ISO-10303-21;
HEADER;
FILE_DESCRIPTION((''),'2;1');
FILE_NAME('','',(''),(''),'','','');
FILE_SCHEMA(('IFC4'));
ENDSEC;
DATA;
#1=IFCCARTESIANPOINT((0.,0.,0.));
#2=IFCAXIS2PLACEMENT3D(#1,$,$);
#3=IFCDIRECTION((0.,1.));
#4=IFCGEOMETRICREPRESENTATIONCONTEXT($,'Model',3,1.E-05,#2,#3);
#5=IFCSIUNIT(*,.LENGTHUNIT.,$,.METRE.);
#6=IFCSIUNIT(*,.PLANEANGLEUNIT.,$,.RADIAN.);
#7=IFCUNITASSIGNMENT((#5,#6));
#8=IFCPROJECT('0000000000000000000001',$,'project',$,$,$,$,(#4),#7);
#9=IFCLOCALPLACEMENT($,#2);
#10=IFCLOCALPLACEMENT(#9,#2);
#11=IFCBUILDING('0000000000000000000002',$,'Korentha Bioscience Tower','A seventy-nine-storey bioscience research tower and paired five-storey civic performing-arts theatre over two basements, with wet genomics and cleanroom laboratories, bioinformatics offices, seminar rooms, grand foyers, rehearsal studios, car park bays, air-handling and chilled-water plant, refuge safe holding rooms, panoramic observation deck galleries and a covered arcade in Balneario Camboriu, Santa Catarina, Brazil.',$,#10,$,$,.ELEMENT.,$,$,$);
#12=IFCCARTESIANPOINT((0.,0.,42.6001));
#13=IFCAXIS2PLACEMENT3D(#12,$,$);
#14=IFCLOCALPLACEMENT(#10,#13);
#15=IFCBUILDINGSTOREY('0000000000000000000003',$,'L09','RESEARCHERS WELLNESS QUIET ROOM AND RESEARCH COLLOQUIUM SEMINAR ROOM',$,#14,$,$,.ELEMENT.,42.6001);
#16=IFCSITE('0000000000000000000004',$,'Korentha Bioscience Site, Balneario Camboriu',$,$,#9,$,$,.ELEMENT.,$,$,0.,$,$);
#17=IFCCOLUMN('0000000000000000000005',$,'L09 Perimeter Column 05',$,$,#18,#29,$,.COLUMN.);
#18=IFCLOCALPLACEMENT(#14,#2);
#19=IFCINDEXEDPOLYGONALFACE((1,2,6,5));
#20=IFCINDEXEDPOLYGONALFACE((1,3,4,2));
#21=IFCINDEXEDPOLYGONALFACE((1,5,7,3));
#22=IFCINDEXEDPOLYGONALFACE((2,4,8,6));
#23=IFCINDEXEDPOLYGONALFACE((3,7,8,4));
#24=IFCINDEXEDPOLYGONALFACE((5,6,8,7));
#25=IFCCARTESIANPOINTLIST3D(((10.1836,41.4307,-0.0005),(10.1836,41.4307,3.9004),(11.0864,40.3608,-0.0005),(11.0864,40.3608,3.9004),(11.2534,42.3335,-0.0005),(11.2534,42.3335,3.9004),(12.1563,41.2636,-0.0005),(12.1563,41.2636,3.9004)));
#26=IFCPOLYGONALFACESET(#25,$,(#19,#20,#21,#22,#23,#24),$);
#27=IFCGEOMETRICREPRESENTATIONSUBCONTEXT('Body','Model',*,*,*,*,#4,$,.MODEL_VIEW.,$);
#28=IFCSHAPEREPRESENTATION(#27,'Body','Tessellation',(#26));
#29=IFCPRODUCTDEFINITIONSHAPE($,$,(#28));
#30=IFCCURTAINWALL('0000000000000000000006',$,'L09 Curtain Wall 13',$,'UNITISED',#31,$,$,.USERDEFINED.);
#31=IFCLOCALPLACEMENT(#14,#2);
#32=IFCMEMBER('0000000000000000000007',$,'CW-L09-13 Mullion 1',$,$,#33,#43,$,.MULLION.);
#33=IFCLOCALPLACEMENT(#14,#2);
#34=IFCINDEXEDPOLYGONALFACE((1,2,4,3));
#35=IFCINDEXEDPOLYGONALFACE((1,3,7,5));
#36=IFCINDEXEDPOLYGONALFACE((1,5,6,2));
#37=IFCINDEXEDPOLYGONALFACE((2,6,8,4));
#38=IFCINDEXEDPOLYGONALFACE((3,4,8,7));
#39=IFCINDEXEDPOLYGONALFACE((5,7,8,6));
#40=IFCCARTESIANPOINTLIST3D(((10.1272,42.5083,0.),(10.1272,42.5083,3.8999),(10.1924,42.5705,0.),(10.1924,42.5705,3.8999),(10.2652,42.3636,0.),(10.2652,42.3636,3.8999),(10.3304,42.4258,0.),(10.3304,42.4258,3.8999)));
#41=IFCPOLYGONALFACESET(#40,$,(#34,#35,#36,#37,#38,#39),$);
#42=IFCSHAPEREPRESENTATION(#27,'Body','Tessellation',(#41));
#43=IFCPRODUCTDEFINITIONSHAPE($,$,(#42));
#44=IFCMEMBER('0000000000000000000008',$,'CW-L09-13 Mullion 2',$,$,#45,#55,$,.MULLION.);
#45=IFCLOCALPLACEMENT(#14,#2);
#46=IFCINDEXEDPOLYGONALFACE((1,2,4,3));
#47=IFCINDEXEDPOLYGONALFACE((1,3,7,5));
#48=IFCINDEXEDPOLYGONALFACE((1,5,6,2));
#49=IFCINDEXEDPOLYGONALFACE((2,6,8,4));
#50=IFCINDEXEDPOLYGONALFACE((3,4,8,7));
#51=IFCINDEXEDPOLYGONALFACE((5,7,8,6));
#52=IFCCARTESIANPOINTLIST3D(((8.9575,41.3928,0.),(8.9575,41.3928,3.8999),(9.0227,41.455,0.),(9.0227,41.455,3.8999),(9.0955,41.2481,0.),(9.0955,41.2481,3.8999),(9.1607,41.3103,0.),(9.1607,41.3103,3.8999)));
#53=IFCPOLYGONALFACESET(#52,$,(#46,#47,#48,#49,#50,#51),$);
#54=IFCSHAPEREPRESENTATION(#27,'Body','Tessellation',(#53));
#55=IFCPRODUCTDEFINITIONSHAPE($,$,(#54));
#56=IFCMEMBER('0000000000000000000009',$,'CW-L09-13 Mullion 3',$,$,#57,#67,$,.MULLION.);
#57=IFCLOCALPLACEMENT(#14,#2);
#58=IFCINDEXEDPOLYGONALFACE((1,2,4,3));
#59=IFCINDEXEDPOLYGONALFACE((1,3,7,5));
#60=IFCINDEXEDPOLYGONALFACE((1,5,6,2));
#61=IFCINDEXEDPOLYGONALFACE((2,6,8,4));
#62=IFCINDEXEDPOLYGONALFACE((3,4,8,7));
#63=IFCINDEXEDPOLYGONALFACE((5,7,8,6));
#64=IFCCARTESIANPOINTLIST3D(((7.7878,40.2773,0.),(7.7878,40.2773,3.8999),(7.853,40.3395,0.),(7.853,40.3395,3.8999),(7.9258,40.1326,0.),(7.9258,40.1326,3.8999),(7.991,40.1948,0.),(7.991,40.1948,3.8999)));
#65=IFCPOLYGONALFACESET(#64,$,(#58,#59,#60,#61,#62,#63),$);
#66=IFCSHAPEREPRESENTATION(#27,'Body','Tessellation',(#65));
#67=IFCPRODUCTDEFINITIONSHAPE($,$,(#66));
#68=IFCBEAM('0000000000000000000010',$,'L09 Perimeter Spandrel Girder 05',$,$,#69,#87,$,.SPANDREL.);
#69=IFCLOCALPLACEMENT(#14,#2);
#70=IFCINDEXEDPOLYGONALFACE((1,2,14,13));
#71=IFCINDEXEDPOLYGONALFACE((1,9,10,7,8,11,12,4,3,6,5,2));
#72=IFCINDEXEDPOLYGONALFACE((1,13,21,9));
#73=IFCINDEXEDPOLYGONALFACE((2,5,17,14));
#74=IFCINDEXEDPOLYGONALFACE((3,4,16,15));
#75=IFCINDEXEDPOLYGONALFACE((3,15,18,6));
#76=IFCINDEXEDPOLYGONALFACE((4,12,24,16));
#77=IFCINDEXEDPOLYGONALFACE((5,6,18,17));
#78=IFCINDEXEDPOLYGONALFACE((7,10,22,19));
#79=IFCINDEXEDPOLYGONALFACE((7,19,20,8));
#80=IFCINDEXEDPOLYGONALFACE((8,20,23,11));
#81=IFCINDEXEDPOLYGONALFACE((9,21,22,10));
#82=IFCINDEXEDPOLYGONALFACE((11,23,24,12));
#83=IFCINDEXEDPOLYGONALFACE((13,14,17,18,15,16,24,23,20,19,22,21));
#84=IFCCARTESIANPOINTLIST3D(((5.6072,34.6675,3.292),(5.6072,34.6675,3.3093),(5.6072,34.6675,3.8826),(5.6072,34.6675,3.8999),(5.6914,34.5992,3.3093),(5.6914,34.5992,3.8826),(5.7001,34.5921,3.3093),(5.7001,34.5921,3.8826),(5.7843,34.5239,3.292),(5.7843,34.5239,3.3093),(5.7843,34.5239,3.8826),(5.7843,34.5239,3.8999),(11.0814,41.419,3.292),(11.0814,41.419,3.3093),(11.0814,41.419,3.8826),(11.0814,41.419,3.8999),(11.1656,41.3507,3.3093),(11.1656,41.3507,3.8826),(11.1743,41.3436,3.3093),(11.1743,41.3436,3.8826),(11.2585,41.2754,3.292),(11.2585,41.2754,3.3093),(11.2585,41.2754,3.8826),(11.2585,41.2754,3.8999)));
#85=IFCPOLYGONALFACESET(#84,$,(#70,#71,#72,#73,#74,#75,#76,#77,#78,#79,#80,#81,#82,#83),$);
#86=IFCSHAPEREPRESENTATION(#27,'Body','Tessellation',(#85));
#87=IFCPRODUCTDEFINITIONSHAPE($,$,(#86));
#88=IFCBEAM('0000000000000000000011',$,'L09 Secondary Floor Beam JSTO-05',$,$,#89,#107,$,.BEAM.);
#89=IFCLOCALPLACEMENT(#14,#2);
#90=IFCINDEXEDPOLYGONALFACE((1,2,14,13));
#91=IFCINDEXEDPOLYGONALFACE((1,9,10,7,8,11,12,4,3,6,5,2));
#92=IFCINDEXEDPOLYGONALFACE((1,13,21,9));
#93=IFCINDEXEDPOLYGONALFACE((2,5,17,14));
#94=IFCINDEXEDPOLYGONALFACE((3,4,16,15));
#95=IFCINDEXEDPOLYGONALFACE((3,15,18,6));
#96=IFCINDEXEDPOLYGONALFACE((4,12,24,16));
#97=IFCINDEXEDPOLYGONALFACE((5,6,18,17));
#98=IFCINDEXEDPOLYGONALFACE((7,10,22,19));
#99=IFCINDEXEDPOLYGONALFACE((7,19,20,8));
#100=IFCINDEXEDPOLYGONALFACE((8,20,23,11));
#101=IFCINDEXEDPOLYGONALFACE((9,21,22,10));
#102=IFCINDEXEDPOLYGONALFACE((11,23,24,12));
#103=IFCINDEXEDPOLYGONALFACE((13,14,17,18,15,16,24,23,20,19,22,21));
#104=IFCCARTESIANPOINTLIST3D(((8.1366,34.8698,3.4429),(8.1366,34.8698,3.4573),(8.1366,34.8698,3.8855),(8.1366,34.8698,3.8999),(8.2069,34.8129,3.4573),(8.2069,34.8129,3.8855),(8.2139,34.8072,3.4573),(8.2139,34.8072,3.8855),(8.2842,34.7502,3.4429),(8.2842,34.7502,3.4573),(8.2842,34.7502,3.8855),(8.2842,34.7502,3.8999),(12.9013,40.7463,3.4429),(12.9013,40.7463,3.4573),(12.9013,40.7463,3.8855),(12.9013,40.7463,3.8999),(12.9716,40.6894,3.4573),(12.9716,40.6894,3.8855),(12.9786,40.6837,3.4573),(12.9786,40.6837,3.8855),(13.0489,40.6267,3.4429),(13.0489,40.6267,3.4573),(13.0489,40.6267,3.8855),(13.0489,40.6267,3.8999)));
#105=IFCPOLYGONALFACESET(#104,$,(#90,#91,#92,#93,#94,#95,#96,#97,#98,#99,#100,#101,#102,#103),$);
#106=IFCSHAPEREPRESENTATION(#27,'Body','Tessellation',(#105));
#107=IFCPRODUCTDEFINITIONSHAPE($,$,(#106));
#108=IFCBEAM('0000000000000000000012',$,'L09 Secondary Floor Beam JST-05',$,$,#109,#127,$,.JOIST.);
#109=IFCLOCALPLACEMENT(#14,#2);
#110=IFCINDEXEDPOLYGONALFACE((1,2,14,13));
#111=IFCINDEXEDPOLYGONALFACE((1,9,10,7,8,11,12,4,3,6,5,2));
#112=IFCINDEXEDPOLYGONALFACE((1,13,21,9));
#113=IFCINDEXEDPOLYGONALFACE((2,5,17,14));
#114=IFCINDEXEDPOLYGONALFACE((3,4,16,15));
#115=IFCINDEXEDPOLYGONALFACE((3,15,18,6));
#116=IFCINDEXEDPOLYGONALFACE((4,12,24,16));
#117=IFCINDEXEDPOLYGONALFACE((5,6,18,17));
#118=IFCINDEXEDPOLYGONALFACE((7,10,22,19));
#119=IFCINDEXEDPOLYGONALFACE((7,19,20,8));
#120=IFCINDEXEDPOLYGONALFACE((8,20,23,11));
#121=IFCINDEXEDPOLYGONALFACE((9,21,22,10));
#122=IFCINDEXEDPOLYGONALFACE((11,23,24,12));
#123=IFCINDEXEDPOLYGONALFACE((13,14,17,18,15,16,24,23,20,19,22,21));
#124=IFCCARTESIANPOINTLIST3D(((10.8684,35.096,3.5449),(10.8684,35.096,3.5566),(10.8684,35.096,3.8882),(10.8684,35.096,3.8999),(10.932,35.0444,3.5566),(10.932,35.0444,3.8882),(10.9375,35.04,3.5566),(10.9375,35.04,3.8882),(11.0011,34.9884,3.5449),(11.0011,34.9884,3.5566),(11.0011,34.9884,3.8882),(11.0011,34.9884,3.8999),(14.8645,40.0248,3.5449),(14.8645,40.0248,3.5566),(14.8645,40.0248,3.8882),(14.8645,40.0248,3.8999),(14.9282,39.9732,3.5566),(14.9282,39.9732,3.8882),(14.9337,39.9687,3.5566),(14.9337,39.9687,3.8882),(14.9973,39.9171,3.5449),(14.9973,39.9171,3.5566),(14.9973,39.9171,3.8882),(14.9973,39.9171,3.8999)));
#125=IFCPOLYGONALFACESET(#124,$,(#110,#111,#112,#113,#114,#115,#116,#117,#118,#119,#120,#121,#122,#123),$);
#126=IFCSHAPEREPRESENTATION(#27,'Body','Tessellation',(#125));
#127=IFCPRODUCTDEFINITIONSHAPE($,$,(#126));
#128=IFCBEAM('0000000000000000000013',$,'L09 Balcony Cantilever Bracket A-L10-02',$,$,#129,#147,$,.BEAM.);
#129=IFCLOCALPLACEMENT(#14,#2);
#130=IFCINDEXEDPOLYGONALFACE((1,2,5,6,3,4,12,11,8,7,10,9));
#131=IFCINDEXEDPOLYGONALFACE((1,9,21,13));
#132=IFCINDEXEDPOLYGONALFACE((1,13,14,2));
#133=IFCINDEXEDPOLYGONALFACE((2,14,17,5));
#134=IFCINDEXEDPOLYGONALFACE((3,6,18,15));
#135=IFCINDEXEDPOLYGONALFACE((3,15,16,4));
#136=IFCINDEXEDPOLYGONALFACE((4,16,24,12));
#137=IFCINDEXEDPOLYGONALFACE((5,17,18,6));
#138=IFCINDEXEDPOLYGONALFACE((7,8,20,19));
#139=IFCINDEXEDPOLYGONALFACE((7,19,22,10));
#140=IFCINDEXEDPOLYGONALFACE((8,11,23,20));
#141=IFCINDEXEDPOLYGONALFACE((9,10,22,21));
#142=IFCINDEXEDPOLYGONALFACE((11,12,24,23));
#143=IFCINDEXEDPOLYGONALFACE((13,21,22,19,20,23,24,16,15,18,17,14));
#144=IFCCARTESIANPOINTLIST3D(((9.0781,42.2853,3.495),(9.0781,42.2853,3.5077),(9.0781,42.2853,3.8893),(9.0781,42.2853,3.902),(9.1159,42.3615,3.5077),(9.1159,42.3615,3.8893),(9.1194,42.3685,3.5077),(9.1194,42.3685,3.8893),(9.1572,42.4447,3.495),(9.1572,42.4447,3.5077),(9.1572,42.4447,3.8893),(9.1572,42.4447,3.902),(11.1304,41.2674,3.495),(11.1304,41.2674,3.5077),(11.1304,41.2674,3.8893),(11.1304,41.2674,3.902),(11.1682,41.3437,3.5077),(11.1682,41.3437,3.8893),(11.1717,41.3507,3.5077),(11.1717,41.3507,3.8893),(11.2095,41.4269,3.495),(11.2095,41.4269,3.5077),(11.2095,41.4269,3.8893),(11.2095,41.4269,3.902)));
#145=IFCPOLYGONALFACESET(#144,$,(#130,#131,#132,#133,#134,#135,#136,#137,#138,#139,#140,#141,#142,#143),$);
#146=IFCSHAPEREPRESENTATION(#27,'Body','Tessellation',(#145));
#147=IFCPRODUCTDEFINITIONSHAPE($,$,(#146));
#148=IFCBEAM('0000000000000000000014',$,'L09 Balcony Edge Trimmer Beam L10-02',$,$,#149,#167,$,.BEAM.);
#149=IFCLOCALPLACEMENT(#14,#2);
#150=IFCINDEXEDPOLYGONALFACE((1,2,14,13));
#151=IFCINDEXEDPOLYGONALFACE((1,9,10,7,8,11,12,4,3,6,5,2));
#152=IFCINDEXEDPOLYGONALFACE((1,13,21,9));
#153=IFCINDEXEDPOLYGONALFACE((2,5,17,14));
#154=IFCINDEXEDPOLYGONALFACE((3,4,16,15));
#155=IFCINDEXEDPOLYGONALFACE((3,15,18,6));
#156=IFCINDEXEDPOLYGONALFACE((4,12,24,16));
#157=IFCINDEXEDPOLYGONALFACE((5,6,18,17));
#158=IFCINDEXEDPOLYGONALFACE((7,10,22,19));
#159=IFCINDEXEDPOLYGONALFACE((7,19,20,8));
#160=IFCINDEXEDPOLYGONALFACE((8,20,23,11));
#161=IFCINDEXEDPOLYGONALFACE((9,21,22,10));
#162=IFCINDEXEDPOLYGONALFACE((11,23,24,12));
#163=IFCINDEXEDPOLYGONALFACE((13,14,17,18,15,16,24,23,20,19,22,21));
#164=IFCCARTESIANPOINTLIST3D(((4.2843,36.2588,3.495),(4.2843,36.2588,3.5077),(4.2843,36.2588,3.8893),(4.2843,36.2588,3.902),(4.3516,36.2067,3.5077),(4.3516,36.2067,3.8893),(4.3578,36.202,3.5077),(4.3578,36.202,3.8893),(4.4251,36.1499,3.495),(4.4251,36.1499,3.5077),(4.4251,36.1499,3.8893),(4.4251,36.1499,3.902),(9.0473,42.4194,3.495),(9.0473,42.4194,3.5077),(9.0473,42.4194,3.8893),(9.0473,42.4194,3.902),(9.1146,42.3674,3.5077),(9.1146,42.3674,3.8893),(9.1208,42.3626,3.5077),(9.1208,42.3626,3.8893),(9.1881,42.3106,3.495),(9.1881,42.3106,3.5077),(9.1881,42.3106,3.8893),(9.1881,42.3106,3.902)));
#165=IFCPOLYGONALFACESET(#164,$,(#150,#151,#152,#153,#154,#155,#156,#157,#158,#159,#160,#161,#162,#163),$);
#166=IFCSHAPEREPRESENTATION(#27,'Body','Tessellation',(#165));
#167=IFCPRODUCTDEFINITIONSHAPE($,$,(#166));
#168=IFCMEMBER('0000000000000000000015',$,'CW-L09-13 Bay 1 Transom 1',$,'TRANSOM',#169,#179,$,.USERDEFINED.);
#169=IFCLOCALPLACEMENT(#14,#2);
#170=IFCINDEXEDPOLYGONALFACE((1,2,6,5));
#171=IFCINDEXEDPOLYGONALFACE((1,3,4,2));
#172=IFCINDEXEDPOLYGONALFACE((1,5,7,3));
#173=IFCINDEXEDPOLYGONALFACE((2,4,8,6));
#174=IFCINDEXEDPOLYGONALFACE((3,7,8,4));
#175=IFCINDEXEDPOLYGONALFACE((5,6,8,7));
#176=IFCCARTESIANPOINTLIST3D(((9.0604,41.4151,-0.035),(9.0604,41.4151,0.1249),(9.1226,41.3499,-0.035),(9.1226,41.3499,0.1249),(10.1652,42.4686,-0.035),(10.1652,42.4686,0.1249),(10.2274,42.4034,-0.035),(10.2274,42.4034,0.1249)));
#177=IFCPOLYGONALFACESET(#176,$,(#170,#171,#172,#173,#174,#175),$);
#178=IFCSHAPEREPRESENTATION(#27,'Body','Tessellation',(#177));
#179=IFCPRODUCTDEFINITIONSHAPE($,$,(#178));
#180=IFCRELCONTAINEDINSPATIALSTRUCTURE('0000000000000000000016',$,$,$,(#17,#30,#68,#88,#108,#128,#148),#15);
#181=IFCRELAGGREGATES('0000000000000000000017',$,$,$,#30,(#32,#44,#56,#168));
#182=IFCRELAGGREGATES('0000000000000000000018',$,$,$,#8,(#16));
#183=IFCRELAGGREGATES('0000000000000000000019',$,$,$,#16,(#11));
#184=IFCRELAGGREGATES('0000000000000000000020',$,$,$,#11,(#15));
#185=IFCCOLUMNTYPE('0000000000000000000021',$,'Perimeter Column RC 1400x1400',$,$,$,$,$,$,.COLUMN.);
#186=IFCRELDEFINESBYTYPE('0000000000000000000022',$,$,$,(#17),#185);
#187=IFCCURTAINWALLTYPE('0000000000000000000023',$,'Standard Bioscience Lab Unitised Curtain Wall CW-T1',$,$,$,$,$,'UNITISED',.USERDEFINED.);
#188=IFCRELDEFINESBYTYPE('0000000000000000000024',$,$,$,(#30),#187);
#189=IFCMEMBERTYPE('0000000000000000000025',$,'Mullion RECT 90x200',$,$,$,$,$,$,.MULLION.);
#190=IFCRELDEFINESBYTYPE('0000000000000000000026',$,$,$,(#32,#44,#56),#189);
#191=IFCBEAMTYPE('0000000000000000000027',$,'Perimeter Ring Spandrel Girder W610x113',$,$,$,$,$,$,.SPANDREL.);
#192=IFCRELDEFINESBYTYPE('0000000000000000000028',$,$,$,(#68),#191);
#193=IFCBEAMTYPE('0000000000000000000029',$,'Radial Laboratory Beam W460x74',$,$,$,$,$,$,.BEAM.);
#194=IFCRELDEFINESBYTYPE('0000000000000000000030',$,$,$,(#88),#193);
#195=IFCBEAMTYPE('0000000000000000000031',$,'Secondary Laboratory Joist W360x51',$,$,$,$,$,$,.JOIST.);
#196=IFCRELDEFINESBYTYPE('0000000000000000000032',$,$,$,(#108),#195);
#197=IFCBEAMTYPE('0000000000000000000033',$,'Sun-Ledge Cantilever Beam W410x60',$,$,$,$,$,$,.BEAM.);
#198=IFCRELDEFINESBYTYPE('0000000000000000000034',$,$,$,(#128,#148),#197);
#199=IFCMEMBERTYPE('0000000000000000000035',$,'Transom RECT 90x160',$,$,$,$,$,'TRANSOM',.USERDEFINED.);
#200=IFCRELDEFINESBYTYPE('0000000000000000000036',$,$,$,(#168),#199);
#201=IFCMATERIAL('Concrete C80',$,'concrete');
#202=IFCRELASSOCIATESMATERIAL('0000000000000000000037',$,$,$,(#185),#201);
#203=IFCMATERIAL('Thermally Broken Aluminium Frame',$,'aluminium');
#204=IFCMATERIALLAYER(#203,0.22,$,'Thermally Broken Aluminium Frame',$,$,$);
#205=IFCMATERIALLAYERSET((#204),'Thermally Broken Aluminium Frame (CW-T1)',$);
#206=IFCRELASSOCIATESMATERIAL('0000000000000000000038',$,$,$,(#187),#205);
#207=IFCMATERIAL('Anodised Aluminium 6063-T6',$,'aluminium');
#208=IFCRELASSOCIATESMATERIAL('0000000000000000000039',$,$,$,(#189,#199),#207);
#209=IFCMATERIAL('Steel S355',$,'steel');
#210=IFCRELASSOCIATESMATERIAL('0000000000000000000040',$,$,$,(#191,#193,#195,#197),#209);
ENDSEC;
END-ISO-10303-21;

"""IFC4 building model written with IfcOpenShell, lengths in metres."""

from ifc_helpers import new_model, si_unit, direction, frame, origin, origin_2d, place, context, subcontext, project, spatial, rectangle, i_section, extrude, material, layer, layer_set, material_profile, profile_set, type_object, element, aggregate, save


model = new_model("IFC4")

# Units and contexts
model_context = context("Model", 3, precision=1e-05, world=origin(), true_north=direction((0.0, 1.0)))
body_context = subcontext(model_context, "Body", "Model", "MODEL_VIEW")
ifc_project = project(units=[si_unit("LENGTHUNIT", "METRE"), si_unit("PLANEANGLEUNIT", "RADIAN")], contexts=[model_context])

# Site, building, storey
site_placement = place(None, origin())
site = spatial("IfcSite", under=ifc_project, at=site_placement, Name="Korentha Bioscience Site, Balneario Camboriu", CompositionType="ELEMENT", RefElevation=0.0)
building_placement = place(site_placement, origin())
building = spatial("IfcBuilding", under=site, at=building_placement, Name="Korentha Bioscience Tower", Description="A seventy-nine-storey bioscience research tower and paired five-storey civic performing-arts theatre over two basements, with wet genomics and cleanroom laboratories, bioinformatics offices, seminar rooms, grand foyers, rehearsal studios, car park bays, air-handling and chilled-water plant, refuge safe holding rooms, panoramic observation deck galleries and a covered arcade in Balneario Camboriu, Santa Catarina, Brazil.", CompositionType="ELEMENT")
storey_placement = place(building_placement, frame((0.0, 0.0, 42.6001)))
storey = spatial("IfcBuildingStorey", under=building, at=storey_placement, Name="L09", Description="RESEARCHERS WELLNESS QUIET ROOM AND RESEARCH COLLOQUIUM SEMINAR ROOM", CompositionType="ELEMENT", Elevation=42.6001)

# Column
ifc_material_1 = material(Name="Concrete C80", Category="concrete")
ifc_material_profile_1 = material_profile(ifc_material_1, rectangle(XDim=1.3999, YDim=1.3999, at=origin_2d()), Name="Concrete C80")
ifc_profile_set_1 = profile_set([ifc_material_profile_1], Name="Concrete C80 (COL-P14)")
column_type = type_object("IfcColumnType", Name="Perimeter Column RC 1400x1400", PredefinedType="COLUMN", material=ifc_profile_set_1)
column_placement = place(storey_placement, frame((11.1699, 41.3472, -0.0005), z_axis=(0.0, 0.0, 1.0), x_axis=(0.764246, 0.644924, 0.0)))
element("IfcColumn", 1, at=column_placement, inside=storey, type_object=column_type, Name="L09 Perimeter Column 05", PredefinedType="COLUMN", context=body_context, shape_type="SweptSolid", body=[
    extrude(rectangle(XDim=1.3999, YDim=1.3999, at=origin_2d()), origin(), (0.0, 0.0, 1.0), 3.9009),
])

# Curtain wall, members
ifc_material_2 = material(Name="Thermally Broken Aluminium Frame", Category="aluminium")
ifc_layer_1 = layer(ifc_material_2, 0.22, Name="Thermally Broken Aluminium Frame")
ifc_layer_set_1 = layer_set([ifc_layer_1], Name="Thermally Broken Aluminium Frame (CW-T1)")
curtain_wall_type = type_object("IfcCurtainWallType", Name="Standard Bioscience Lab Unitised Curtain Wall CW-T1", ElementType="UNITISED", PredefinedType="USERDEFINED", material=ifc_layer_set_1)
curtain_wall_placement = place(storey_placement, origin())
curtain_wall = element("IfcCurtainWall", 2, at=curtain_wall_placement, inside=storey, type_object=curtain_wall_type, Name="L09 Curtain Wall 13", ObjectType="UNITISED", PredefinedType="USERDEFINED")
ifc_material_3 = material(Name="Anodised Aluminium 6063-T6", Category="aluminium")
ifc_material_profile_2 = material_profile(ifc_material_3, rectangle(XDim=0.0901, YDim=0.2, at=origin_2d()), Name="Anodised Aluminium 6063-T6")
ifc_profile_set_2 = profile_set([ifc_material_profile_2], Name="Anodised Aluminium 6063-T6 (CW-MUL)")
member_type_1 = type_object("IfcMemberType", Name="Mullion RECT 90x200", PredefinedType="MULLION", material=ifc_profile_set_2)
member_1_placement = place(storey_placement, frame((10.2288, 42.467, 0.0), z_axis=(0.0, 0.0, 1.0), x_axis=(-0.723642, -0.690176, 0.0)))
member_1 = element("IfcMember", 3, at=member_1_placement, type_object=member_type_1, Name="CW-L09-13 Mullion 1", PredefinedType="MULLION", context=body_context, shape_type="SweptSolid", body=[
    extrude(rectangle(XDim=0.0901, YDim=0.2, at=origin_2d()), origin(), (0.0, 0.0, 1.0), 3.8999),
])
member_2_placement = place(storey_placement, frame((9.0591, 41.3516, 0.0), z_axis=(0.0, 0.0, 1.0), x_axis=(-0.723642, -0.690176, 0.0)))
member_2 = element("IfcMember", 4, at=member_2_placement, type_object=member_type_1, Name="CW-L09-13 Mullion 2", PredefinedType="MULLION", context=body_context, shape_type="SweptSolid", body=[
    extrude(rectangle(XDim=0.0901, YDim=0.2, at=origin_2d()), origin(), (0.0, 0.0, 1.0), 3.8999),
])
member_3_placement = place(storey_placement, frame((7.8894, 40.2361, 0.0), z_axis=(0.0, 0.0, 1.0), x_axis=(-0.723642, -0.690176, 0.0)))
member_3 = element("IfcMember", 5, at=member_3_placement, type_object=member_type_1, Name="CW-L09-13 Mullion 3", PredefinedType="MULLION", context=body_context, shape_type="SweptSolid", body=[
    extrude(rectangle(XDim=0.0901, YDim=0.2, at=origin_2d()), origin(), (0.0, 0.0, 1.0), 3.8999),
])

# Beams
ifc_material_4 = material(Name="Steel S355", Category="steel")
ifc_material_profile_3 = material_profile(ifc_material_4, i_section(OverallWidth=0.228, OverallDepth=0.6079, WebThickness=0.0112, FlangeThickness=0.0173, at=origin_2d()), Name="Steel S355")
ifc_profile_set_3 = profile_set([ifc_material_profile_3], Name="Steel S355 (SB-610)")
beam_type_1 = type_object("IfcBeamType", Name="Perimeter Ring Spandrel Girder W610x113", PredefinedType="SPANDREL", material=ifc_profile_set_3)
beam_1_placement = place(storey_placement, frame((11.1699, 41.3472, 3.5959), z_axis=(-0.629799, -0.776758, 0.0), x_axis=(0.776758, -0.629799, 0.0)))
element("IfcBeam", 6, at=beam_1_placement, inside=storey, type_object=beam_type_1, Name="L09 Perimeter Spandrel Girder 05", PredefinedType="SPANDREL", context=body_context, shape_type="SweptSolid", body=[
    extrude(i_section(OverallWidth=0.228, OverallDepth=0.6079, WebThickness=0.0112, FlangeThickness=0.0173, at=origin_2d()), origin(), (0.0, 0.0, 1.0), 8.6919),
])
ifc_material_profile_4 = material_profile(ifc_material_4, i_section(OverallWidth=0.1899, OverallDepth=0.457, WebThickness=0.009, FlangeThickness=0.0144, at=origin_2d()), Name="Steel S355")
ifc_profile_set_4 = profile_set([ifc_material_profile_4], Name="Steel S355 (RB-460)")
beam_type_2 = type_object("IfcBeamType", Name="Radial Laboratory Beam W460x74", PredefinedType="BEAM", material=ifc_profile_set_4)
beam_2_placement = place(storey_placement, frame((12.9751, 40.6865, 3.6714), z_axis=(-0.629798, -0.776759, 0.0), x_axis=(0.776759, -0.629798, 0.0)))
element("IfcBeam", 7, at=beam_2_placement, inside=storey, type_object=beam_type_2, Name="L09 Secondary Floor Beam JSTO-05", PredefinedType="BEAM", context=body_context, shape_type="SweptSolid", body=[
    extrude(i_section(OverallWidth=0.1899, OverallDepth=0.457, WebThickness=0.009, FlangeThickness=0.0144, at=origin_2d()), origin(), (0.0, 0.0, 1.0), 7.5654),
])
ifc_material_profile_5 = material_profile(ifc_material_4, i_section(OverallWidth=0.1709, OverallDepth=0.355, WebThickness=0.0071, FlangeThickness=0.0117, at=origin_2d()), Name="Steel S355")
ifc_profile_set_5 = profile_set([ifc_material_profile_5], Name="Steel S355 (JB-360)")
beam_type_3 = type_object("IfcBeamType", Name="Secondary Laboratory Joist W360x51", PredefinedType="JOIST", material=ifc_profile_set_5)
beam_3_placement = place(storey_placement, frame((14.9309, 39.9709, 3.7224), z_axis=(-0.629787, -0.776768, 0.0), x_axis=(0.776768, -0.629787, 0.0)))
element("IfcBeam", 8, at=beam_3_placement, inside=storey, type_object=beam_type_3, Name="L09 Secondary Floor Beam JST-05", PredefinedType="JOIST", context=body_context, shape_type="SweptSolid", body=[
    extrude(i_section(OverallWidth=0.1709, OverallDepth=0.355, WebThickness=0.0071, FlangeThickness=0.0117, at=origin_2d()), origin(), (0.0, 0.0, 1.0), 6.3452),
])
ifc_material_profile_6 = material_profile(ifc_material_4, i_section(OverallWidth=0.178, OverallDepth=0.407, WebThickness=0.0078, FlangeThickness=0.0127, at=origin_2d()), Name="Steel S355")
ifc_profile_set_6 = profile_set([ifc_material_profile_6], Name="Steel S355 (CB-410)")
beam_type_4 = type_object("IfcBeamType", Name="Sun-Ledge Cantilever Beam W410x60", PredefinedType="BEAM", material=ifc_profile_set_6)
beam_4_placement = place(storey_placement, frame((11.1699, 41.3472, 3.6985), z_axis=(-0.895872, 0.444312, 0.0), x_axis=(-0.444312, -0.895872, 0.0)))
element("IfcBeam", 9, at=beam_4_placement, inside=storey, type_object=beam_type_4, Name="L09 Balcony Cantilever Bracket A-L10-02", PredefinedType="BEAM", context=body_context, shape_type="SweptSolid", body=[
    extrude(i_section(OverallWidth=0.178, OverallDepth=0.407, WebThickness=0.0078, FlangeThickness=0.0127, at=origin_2d()), origin(), (0.0, 0.0, 1.0), 2.2908),
])
beam_5_placement = place(storey_placement, frame((9.1177, 42.365, 3.6985), z_axis=(-0.611644, -0.791133, 0.0), x_axis=(0.791133, -0.611644, 0.0)))
element("IfcBeam", 10, at=beam_5_placement, inside=storey, type_object=beam_type_4, Name="L09 Balcony Edge Trimmer Beam L10-02", PredefinedType="BEAM", context=body_context, shape_type="SweptSolid", body=[
    extrude(i_section(OverallWidth=0.178, OverallDepth=0.407, WebThickness=0.0078, FlangeThickness=0.0127, at=origin_2d()), origin(), (0.0, 0.0, 1.0), 7.7871),
])

# Member
ifc_material_profile_7 = material_profile(ifc_material_3, rectangle(XDim=0.0901, YDim=0.1599, at=origin_2d()), Name="Anodised Aluminium 6063-T6")
ifc_profile_set_7 = profile_set([ifc_material_profile_7], Name="Anodised Aluminium 6063-T6 (CW-TRN)")
member_type_2 = type_object("IfcMemberType", Name="Transom RECT 90x160", ElementType="TRANSOM", PredefinedType="USERDEFINED", material=ifc_profile_set_7)
member_4_placement = place(storey_placement, frame((10.1963, 42.436, 0.0449), z_axis=(-0.7237, -0.690114, 0.0), x_axis=(0.690114, -0.7237, 0.0)))
member_4 = element("IfcMember", 11, at=member_4_placement, type_object=member_type_2, Name="CW-L09-13 Bay 1 Transom 1", ObjectType="TRANSOM", PredefinedType="USERDEFINED", context=body_context, shape_type="SweptSolid", body=[
    extrude(rectangle(XDim=0.0901, YDim=0.1599, at=origin_2d()), origin(), (0.0, 0.0, 1.0), 1.5266),
])

aggregate(curtain_wall, [member_1, member_2, member_3, member_4])

save(model, "model.ifc")
